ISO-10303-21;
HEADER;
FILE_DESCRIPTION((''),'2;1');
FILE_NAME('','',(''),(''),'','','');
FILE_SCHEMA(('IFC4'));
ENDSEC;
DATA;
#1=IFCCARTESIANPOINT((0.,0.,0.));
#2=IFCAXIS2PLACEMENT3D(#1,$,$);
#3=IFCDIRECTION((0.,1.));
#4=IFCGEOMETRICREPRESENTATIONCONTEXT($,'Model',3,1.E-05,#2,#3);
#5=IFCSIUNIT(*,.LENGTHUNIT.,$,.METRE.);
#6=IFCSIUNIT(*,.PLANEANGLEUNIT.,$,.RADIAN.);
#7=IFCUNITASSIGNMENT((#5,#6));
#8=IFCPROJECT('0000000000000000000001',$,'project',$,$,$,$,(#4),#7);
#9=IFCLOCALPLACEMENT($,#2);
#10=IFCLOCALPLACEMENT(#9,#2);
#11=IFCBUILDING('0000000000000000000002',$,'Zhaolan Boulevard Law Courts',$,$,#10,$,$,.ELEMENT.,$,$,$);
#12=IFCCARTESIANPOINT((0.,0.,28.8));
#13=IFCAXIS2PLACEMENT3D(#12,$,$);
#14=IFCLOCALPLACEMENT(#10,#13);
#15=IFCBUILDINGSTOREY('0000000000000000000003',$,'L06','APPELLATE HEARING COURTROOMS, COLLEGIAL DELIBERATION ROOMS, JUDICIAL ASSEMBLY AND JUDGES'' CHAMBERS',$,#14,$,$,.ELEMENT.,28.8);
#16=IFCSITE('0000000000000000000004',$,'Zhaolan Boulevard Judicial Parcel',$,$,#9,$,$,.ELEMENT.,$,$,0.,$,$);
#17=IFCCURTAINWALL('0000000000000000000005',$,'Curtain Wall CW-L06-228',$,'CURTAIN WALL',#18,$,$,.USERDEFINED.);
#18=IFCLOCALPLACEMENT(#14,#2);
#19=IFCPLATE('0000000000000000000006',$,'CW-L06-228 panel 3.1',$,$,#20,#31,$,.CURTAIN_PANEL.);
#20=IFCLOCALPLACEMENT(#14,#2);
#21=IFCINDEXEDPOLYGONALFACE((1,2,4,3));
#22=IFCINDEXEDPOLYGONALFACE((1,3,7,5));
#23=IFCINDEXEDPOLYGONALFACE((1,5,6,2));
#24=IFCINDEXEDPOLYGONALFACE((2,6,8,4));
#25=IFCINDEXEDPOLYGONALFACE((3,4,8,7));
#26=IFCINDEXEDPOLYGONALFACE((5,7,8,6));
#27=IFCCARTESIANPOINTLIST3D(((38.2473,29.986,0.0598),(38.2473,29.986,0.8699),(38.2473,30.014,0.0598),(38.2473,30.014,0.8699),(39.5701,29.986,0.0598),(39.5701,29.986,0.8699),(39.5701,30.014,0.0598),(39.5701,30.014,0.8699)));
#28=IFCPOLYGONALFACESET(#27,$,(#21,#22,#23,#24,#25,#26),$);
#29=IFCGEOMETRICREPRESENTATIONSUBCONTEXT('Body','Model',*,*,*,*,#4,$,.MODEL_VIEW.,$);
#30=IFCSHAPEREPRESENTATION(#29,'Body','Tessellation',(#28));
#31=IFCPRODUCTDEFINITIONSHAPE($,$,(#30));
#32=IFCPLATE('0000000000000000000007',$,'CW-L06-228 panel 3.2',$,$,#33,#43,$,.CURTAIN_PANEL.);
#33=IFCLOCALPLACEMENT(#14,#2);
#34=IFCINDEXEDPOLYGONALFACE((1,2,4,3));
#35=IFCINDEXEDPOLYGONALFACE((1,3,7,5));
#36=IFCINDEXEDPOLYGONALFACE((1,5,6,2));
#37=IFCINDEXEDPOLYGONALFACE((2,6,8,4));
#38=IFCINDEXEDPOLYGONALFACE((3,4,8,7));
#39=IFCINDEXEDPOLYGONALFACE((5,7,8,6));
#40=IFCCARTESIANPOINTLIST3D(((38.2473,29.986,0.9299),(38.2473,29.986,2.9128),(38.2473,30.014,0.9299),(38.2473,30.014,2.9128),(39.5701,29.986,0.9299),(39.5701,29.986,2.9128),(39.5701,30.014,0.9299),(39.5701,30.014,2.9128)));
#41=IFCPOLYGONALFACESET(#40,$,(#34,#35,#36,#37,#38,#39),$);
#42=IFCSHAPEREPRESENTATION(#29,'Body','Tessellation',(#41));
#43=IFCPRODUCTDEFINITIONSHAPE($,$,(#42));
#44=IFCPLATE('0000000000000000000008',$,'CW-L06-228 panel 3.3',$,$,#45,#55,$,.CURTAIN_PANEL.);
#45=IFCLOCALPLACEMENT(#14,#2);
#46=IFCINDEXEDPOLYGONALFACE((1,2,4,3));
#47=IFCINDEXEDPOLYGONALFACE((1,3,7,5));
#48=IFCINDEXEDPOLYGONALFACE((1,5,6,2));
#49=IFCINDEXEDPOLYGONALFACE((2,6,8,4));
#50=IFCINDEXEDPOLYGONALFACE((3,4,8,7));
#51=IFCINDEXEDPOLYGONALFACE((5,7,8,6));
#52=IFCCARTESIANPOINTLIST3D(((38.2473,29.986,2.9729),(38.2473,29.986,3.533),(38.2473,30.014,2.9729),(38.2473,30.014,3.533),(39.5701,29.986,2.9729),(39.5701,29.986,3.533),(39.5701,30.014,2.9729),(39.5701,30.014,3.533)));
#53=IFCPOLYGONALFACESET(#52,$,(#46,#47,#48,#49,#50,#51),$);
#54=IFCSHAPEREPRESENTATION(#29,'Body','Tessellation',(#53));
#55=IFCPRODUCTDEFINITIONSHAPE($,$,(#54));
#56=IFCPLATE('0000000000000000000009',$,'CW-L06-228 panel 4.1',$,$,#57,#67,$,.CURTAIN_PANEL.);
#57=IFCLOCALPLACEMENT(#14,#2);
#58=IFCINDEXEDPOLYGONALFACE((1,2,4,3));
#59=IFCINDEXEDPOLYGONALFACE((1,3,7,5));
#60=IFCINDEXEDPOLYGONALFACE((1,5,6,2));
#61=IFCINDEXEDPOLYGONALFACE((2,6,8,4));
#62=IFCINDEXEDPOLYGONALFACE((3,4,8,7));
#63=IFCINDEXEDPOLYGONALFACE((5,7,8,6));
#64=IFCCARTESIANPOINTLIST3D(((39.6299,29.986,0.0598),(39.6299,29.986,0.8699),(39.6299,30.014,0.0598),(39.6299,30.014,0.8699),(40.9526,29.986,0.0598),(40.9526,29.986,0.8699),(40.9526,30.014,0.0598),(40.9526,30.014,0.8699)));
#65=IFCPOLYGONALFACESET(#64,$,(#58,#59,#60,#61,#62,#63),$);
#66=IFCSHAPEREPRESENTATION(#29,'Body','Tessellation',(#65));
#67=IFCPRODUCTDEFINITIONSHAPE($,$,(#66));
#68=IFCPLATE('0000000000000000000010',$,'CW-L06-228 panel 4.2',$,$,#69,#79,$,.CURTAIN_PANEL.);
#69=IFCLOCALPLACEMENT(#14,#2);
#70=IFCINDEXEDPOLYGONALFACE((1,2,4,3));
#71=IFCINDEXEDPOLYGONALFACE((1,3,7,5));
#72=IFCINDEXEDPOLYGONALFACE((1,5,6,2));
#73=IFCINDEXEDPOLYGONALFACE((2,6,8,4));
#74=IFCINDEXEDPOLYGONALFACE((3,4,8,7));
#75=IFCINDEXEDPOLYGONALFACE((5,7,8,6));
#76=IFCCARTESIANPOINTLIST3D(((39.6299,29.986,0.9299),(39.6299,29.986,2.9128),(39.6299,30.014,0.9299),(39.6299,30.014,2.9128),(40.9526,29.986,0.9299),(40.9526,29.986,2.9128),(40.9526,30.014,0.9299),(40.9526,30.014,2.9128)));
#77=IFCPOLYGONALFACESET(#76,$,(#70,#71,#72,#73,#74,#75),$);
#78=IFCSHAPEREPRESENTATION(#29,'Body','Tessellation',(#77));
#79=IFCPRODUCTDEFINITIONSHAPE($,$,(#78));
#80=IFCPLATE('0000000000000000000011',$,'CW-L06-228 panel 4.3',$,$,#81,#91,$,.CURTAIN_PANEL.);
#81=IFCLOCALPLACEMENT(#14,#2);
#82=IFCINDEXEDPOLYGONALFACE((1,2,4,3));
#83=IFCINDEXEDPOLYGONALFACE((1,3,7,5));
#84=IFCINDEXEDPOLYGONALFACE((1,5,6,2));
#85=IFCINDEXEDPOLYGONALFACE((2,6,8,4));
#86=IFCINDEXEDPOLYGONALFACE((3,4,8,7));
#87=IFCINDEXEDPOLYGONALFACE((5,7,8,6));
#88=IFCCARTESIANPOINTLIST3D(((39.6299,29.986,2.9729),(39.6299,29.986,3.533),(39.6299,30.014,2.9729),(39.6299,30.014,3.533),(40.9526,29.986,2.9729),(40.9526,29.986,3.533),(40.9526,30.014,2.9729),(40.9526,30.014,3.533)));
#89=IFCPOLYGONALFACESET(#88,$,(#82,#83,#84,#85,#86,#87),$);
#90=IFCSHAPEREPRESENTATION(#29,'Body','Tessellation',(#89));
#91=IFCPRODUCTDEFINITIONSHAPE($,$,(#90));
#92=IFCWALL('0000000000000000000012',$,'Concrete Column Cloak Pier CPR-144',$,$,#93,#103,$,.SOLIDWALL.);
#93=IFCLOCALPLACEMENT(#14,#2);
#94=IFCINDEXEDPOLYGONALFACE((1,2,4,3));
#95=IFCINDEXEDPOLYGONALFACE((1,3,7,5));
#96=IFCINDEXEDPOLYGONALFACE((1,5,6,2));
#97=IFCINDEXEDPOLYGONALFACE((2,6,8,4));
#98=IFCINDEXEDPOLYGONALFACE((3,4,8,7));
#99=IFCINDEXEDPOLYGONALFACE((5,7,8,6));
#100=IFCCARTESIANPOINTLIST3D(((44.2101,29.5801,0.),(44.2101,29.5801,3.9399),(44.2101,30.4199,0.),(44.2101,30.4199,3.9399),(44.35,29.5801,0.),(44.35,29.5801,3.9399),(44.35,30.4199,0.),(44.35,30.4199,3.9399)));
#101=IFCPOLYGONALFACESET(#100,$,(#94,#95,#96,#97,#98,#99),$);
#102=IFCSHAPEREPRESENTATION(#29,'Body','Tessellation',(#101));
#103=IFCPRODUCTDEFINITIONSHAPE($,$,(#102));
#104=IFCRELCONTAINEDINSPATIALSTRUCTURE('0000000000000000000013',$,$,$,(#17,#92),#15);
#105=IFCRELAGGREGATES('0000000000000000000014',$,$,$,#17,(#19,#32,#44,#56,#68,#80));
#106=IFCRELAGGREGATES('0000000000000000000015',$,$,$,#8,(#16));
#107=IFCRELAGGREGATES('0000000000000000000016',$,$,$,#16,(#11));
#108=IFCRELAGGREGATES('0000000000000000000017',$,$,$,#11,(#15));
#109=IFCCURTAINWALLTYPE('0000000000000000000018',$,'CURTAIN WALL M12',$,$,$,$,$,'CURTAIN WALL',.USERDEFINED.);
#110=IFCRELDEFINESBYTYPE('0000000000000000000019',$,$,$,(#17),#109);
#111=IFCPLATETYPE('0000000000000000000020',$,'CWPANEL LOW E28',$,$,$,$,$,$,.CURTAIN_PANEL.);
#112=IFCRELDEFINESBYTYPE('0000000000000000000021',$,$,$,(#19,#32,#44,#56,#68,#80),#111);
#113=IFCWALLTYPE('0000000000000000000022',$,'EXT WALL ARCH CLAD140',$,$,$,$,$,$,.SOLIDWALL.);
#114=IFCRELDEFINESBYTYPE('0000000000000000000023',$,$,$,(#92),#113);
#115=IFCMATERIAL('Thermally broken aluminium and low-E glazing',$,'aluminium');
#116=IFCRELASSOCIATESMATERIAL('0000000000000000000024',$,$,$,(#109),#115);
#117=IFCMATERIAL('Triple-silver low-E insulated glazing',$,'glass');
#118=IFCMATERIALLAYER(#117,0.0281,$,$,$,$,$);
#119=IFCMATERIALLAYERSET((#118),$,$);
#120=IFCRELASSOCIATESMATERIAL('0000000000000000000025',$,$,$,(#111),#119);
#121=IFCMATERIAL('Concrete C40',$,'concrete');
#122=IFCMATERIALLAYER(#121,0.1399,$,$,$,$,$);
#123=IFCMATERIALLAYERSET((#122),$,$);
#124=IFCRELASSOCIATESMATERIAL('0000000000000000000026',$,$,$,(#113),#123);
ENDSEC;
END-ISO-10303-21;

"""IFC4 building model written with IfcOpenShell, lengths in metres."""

from ifc_helpers import new_model, si_unit, direction, frame, frame_2d, origin, origin_2d, place, context, subcontext, project, spatial, rectangle, extrude, material, layer, layer_set, type_object, element, aggregate, save


model = new_model("IFC4")

# Units and contexts
model_context = context("Model", 3, precision=1e-05, world=origin(), true_north=direction((0.0, 1.0)))
body_context = subcontext(model_context, "Body", "Model", "MODEL_VIEW")
ifc_project = project(units=[si_unit("LENGTHUNIT", "METRE"), si_unit("PLANEANGLEUNIT", "RADIAN")], contexts=[model_context])

# Site, building, storey
site_placement = place(None, origin())
site = spatial("IfcSite", under=ifc_project, at=site_placement, Name="Zhaolan Boulevard Judicial Parcel", CompositionType="ELEMENT", RefElevation=0.0)
building_placement = place(site_placement, origin())
building = spatial("IfcBuilding", under=site, at=building_placement, Name="Zhaolan Boulevard Law Courts", CompositionType="ELEMENT")
storey_placement = place(building_placement, frame((0.0, 0.0, 28.8)))
storey = spatial("IfcBuildingStorey", under=building, at=storey_placement, Name="L06", Description="APPELLATE HEARING COURTROOMS, COLLEGIAL DELIBERATION ROOMS, JUDICIAL ASSEMBLY AND JUDGES' CHAMBERS", CompositionType="ELEMENT", Elevation=28.8)

# Curtain wall, plates
ifc_material_1 = material(Name="Thermally broken aluminium and low-E glazing", Category="aluminium")
curtain_wall_type = type_object("IfcCurtainWallType", Name="CURTAIN WALL M12", ElementType="CURTAIN WALL", PredefinedType="USERDEFINED", material=ifc_material_1)
curtain_wall_placement = place(storey_placement, origin())
curtain_wall = element("IfcCurtainWall", 1, at=curtain_wall_placement, inside=storey, type_object=curtain_wall_type, Name="Curtain Wall CW-L06-228", ObjectType="CURTAIN WALL", PredefinedType="USERDEFINED")
ifc_material_2 = material(Name="Triple-silver low-E insulated glazing", Category="glass")
ifc_layer_1 = layer(ifc_material_2, 0.0281)
ifc_layer_set_1 = layer_set([ifc_layer_1])
plate_type = type_object("IfcPlateType", Name="CWPANEL LOW E28", PredefinedType="CURTAIN_PANEL", material=ifc_layer_set_1)
plate_1_placement = place(storey_placement, frame((38.9087, 30.0, 0.0598), z_axis=(0.0, 0.0, 1.0), x_axis=(1.0, 0.0, 0.0)))
plate_1 = element("IfcPlate", 2, at=plate_1_placement, type_object=plate_type, Name="CW-L06-228 panel 3.1", PredefinedType="CURTAIN_PANEL", context=body_context, shape_type="SweptSolid", body=[
    extrude(rectangle(XDim=1.3228, YDim=0.0281, at=origin_2d()), origin(), (0.0, 0.0, 1.0), 0.8101),
])
plate_2_placement = place(storey_placement, frame((38.9087, 30.0, 0.9299), z_axis=(0.0, 0.0, 1.0), x_axis=(1.0, 0.0, 0.0)))
plate_2 = element("IfcPlate", 3, at=plate_2_placement, type_object=plate_type, Name="CW-L06-228 panel 3.2", PredefinedType="CURTAIN_PANEL", context=body_context, shape_type="SweptSolid", body=[
    extrude(rectangle(XDim=1.3228, YDim=0.0281, at=origin_2d()), origin(), (0.0, 0.0, 1.0), 1.9829),
])
plate_3_placement = place(storey_placement, frame((38.9087, 30.0, 2.9729), z_axis=(0.0, 0.0, 1.0), x_axis=(1.0, 0.0, 0.0)))
plate_3 = element("IfcPlate", 4, at=plate_3_placement, type_object=plate_type, Name="CW-L06-228 panel 3.3", PredefinedType="CURTAIN_PANEL", context=body_context, shape_type="SweptSolid", body=[
    extrude(rectangle(XDim=1.3228, YDim=0.0281, at=origin_2d()), origin(), (0.0, 0.0, 1.0), 0.5601),
])
plate_4_placement = place(storey_placement, frame((40.2913, 30.0, 0.0598), z_axis=(0.0, 0.0, 1.0), x_axis=(1.0, 0.0, 0.0)))
plate_4 = element("IfcPlate", 5, at=plate_4_placement, type_object=plate_type, Name="CW-L06-228 panel 4.1", PredefinedType="CURTAIN_PANEL", context=body_context, shape_type="SweptSolid", body=[
    extrude(rectangle(XDim=1.3228, YDim=0.0281, at=origin_2d()), origin(), (0.0, 0.0, 1.0), 0.8101),
])
plate_5_placement = place(storey_placement, frame((40.2913, 30.0, 0.9299), z_axis=(0.0, 0.0, 1.0), x_axis=(1.0, 0.0, 0.0)))
plate_5 = element("IfcPlate", 6, at=plate_5_placement, type_object=plate_type, Name="CW-L06-228 panel 4.2", PredefinedType="CURTAIN_PANEL", context=body_context, shape_type="SweptSolid", body=[
    extrude(rectangle(XDim=1.3228, YDim=0.0281, at=origin_2d()), origin(), (0.0, 0.0, 1.0), 1.9829),
])
plate_6_placement = place(storey_placement, frame((40.2913, 30.0, 2.9729), z_axis=(0.0, 0.0, 1.0), x_axis=(1.0, 0.0, 0.0)))
plate_6 = element("IfcPlate", 7, at=plate_6_placement, type_object=plate_type, Name="CW-L06-228 panel 4.3", PredefinedType="CURTAIN_PANEL", context=body_context, shape_type="SweptSolid", body=[
    extrude(rectangle(XDim=1.3228, YDim=0.0281, at=origin_2d()), origin(), (0.0, 0.0, 1.0), 0.5601),
])
aggregate(curtain_wall, [plate_1, plate_2, plate_3, plate_4, plate_5, plate_6])

# Wall
ifc_material_3 = material(Name="Concrete C40", Category="concrete")
ifc_layer_2 = layer(ifc_material_3, 0.1399)
ifc_layer_set_2 = layer_set([ifc_layer_2])
wall_type = type_object("IfcWallType", Name="EXT WALL ARCH CLAD140", PredefinedType="SOLIDWALL", material=ifc_layer_set_2)
wall_placement = place(storey_placement, frame((44.28, 29.5801, 0.0), z_axis=(0.0, 0.0, 1.0), x_axis=(0.0, 1.0, 0.0)))
element("IfcWall", 8, at=wall_placement, inside=storey, type_object=wall_type, Name="Concrete Column Cloak Pier CPR-144", PredefinedType="SOLIDWALL", context=body_context, shape_type="SweptSolid", body=[
    extrude(rectangle(XDim=0.8398, YDim=0.1399, at=frame_2d((0.4199, 0.0))), origin(), (0.0, 0.0, 1.0), 3.9399),
])

save(model, "model.ifc")
